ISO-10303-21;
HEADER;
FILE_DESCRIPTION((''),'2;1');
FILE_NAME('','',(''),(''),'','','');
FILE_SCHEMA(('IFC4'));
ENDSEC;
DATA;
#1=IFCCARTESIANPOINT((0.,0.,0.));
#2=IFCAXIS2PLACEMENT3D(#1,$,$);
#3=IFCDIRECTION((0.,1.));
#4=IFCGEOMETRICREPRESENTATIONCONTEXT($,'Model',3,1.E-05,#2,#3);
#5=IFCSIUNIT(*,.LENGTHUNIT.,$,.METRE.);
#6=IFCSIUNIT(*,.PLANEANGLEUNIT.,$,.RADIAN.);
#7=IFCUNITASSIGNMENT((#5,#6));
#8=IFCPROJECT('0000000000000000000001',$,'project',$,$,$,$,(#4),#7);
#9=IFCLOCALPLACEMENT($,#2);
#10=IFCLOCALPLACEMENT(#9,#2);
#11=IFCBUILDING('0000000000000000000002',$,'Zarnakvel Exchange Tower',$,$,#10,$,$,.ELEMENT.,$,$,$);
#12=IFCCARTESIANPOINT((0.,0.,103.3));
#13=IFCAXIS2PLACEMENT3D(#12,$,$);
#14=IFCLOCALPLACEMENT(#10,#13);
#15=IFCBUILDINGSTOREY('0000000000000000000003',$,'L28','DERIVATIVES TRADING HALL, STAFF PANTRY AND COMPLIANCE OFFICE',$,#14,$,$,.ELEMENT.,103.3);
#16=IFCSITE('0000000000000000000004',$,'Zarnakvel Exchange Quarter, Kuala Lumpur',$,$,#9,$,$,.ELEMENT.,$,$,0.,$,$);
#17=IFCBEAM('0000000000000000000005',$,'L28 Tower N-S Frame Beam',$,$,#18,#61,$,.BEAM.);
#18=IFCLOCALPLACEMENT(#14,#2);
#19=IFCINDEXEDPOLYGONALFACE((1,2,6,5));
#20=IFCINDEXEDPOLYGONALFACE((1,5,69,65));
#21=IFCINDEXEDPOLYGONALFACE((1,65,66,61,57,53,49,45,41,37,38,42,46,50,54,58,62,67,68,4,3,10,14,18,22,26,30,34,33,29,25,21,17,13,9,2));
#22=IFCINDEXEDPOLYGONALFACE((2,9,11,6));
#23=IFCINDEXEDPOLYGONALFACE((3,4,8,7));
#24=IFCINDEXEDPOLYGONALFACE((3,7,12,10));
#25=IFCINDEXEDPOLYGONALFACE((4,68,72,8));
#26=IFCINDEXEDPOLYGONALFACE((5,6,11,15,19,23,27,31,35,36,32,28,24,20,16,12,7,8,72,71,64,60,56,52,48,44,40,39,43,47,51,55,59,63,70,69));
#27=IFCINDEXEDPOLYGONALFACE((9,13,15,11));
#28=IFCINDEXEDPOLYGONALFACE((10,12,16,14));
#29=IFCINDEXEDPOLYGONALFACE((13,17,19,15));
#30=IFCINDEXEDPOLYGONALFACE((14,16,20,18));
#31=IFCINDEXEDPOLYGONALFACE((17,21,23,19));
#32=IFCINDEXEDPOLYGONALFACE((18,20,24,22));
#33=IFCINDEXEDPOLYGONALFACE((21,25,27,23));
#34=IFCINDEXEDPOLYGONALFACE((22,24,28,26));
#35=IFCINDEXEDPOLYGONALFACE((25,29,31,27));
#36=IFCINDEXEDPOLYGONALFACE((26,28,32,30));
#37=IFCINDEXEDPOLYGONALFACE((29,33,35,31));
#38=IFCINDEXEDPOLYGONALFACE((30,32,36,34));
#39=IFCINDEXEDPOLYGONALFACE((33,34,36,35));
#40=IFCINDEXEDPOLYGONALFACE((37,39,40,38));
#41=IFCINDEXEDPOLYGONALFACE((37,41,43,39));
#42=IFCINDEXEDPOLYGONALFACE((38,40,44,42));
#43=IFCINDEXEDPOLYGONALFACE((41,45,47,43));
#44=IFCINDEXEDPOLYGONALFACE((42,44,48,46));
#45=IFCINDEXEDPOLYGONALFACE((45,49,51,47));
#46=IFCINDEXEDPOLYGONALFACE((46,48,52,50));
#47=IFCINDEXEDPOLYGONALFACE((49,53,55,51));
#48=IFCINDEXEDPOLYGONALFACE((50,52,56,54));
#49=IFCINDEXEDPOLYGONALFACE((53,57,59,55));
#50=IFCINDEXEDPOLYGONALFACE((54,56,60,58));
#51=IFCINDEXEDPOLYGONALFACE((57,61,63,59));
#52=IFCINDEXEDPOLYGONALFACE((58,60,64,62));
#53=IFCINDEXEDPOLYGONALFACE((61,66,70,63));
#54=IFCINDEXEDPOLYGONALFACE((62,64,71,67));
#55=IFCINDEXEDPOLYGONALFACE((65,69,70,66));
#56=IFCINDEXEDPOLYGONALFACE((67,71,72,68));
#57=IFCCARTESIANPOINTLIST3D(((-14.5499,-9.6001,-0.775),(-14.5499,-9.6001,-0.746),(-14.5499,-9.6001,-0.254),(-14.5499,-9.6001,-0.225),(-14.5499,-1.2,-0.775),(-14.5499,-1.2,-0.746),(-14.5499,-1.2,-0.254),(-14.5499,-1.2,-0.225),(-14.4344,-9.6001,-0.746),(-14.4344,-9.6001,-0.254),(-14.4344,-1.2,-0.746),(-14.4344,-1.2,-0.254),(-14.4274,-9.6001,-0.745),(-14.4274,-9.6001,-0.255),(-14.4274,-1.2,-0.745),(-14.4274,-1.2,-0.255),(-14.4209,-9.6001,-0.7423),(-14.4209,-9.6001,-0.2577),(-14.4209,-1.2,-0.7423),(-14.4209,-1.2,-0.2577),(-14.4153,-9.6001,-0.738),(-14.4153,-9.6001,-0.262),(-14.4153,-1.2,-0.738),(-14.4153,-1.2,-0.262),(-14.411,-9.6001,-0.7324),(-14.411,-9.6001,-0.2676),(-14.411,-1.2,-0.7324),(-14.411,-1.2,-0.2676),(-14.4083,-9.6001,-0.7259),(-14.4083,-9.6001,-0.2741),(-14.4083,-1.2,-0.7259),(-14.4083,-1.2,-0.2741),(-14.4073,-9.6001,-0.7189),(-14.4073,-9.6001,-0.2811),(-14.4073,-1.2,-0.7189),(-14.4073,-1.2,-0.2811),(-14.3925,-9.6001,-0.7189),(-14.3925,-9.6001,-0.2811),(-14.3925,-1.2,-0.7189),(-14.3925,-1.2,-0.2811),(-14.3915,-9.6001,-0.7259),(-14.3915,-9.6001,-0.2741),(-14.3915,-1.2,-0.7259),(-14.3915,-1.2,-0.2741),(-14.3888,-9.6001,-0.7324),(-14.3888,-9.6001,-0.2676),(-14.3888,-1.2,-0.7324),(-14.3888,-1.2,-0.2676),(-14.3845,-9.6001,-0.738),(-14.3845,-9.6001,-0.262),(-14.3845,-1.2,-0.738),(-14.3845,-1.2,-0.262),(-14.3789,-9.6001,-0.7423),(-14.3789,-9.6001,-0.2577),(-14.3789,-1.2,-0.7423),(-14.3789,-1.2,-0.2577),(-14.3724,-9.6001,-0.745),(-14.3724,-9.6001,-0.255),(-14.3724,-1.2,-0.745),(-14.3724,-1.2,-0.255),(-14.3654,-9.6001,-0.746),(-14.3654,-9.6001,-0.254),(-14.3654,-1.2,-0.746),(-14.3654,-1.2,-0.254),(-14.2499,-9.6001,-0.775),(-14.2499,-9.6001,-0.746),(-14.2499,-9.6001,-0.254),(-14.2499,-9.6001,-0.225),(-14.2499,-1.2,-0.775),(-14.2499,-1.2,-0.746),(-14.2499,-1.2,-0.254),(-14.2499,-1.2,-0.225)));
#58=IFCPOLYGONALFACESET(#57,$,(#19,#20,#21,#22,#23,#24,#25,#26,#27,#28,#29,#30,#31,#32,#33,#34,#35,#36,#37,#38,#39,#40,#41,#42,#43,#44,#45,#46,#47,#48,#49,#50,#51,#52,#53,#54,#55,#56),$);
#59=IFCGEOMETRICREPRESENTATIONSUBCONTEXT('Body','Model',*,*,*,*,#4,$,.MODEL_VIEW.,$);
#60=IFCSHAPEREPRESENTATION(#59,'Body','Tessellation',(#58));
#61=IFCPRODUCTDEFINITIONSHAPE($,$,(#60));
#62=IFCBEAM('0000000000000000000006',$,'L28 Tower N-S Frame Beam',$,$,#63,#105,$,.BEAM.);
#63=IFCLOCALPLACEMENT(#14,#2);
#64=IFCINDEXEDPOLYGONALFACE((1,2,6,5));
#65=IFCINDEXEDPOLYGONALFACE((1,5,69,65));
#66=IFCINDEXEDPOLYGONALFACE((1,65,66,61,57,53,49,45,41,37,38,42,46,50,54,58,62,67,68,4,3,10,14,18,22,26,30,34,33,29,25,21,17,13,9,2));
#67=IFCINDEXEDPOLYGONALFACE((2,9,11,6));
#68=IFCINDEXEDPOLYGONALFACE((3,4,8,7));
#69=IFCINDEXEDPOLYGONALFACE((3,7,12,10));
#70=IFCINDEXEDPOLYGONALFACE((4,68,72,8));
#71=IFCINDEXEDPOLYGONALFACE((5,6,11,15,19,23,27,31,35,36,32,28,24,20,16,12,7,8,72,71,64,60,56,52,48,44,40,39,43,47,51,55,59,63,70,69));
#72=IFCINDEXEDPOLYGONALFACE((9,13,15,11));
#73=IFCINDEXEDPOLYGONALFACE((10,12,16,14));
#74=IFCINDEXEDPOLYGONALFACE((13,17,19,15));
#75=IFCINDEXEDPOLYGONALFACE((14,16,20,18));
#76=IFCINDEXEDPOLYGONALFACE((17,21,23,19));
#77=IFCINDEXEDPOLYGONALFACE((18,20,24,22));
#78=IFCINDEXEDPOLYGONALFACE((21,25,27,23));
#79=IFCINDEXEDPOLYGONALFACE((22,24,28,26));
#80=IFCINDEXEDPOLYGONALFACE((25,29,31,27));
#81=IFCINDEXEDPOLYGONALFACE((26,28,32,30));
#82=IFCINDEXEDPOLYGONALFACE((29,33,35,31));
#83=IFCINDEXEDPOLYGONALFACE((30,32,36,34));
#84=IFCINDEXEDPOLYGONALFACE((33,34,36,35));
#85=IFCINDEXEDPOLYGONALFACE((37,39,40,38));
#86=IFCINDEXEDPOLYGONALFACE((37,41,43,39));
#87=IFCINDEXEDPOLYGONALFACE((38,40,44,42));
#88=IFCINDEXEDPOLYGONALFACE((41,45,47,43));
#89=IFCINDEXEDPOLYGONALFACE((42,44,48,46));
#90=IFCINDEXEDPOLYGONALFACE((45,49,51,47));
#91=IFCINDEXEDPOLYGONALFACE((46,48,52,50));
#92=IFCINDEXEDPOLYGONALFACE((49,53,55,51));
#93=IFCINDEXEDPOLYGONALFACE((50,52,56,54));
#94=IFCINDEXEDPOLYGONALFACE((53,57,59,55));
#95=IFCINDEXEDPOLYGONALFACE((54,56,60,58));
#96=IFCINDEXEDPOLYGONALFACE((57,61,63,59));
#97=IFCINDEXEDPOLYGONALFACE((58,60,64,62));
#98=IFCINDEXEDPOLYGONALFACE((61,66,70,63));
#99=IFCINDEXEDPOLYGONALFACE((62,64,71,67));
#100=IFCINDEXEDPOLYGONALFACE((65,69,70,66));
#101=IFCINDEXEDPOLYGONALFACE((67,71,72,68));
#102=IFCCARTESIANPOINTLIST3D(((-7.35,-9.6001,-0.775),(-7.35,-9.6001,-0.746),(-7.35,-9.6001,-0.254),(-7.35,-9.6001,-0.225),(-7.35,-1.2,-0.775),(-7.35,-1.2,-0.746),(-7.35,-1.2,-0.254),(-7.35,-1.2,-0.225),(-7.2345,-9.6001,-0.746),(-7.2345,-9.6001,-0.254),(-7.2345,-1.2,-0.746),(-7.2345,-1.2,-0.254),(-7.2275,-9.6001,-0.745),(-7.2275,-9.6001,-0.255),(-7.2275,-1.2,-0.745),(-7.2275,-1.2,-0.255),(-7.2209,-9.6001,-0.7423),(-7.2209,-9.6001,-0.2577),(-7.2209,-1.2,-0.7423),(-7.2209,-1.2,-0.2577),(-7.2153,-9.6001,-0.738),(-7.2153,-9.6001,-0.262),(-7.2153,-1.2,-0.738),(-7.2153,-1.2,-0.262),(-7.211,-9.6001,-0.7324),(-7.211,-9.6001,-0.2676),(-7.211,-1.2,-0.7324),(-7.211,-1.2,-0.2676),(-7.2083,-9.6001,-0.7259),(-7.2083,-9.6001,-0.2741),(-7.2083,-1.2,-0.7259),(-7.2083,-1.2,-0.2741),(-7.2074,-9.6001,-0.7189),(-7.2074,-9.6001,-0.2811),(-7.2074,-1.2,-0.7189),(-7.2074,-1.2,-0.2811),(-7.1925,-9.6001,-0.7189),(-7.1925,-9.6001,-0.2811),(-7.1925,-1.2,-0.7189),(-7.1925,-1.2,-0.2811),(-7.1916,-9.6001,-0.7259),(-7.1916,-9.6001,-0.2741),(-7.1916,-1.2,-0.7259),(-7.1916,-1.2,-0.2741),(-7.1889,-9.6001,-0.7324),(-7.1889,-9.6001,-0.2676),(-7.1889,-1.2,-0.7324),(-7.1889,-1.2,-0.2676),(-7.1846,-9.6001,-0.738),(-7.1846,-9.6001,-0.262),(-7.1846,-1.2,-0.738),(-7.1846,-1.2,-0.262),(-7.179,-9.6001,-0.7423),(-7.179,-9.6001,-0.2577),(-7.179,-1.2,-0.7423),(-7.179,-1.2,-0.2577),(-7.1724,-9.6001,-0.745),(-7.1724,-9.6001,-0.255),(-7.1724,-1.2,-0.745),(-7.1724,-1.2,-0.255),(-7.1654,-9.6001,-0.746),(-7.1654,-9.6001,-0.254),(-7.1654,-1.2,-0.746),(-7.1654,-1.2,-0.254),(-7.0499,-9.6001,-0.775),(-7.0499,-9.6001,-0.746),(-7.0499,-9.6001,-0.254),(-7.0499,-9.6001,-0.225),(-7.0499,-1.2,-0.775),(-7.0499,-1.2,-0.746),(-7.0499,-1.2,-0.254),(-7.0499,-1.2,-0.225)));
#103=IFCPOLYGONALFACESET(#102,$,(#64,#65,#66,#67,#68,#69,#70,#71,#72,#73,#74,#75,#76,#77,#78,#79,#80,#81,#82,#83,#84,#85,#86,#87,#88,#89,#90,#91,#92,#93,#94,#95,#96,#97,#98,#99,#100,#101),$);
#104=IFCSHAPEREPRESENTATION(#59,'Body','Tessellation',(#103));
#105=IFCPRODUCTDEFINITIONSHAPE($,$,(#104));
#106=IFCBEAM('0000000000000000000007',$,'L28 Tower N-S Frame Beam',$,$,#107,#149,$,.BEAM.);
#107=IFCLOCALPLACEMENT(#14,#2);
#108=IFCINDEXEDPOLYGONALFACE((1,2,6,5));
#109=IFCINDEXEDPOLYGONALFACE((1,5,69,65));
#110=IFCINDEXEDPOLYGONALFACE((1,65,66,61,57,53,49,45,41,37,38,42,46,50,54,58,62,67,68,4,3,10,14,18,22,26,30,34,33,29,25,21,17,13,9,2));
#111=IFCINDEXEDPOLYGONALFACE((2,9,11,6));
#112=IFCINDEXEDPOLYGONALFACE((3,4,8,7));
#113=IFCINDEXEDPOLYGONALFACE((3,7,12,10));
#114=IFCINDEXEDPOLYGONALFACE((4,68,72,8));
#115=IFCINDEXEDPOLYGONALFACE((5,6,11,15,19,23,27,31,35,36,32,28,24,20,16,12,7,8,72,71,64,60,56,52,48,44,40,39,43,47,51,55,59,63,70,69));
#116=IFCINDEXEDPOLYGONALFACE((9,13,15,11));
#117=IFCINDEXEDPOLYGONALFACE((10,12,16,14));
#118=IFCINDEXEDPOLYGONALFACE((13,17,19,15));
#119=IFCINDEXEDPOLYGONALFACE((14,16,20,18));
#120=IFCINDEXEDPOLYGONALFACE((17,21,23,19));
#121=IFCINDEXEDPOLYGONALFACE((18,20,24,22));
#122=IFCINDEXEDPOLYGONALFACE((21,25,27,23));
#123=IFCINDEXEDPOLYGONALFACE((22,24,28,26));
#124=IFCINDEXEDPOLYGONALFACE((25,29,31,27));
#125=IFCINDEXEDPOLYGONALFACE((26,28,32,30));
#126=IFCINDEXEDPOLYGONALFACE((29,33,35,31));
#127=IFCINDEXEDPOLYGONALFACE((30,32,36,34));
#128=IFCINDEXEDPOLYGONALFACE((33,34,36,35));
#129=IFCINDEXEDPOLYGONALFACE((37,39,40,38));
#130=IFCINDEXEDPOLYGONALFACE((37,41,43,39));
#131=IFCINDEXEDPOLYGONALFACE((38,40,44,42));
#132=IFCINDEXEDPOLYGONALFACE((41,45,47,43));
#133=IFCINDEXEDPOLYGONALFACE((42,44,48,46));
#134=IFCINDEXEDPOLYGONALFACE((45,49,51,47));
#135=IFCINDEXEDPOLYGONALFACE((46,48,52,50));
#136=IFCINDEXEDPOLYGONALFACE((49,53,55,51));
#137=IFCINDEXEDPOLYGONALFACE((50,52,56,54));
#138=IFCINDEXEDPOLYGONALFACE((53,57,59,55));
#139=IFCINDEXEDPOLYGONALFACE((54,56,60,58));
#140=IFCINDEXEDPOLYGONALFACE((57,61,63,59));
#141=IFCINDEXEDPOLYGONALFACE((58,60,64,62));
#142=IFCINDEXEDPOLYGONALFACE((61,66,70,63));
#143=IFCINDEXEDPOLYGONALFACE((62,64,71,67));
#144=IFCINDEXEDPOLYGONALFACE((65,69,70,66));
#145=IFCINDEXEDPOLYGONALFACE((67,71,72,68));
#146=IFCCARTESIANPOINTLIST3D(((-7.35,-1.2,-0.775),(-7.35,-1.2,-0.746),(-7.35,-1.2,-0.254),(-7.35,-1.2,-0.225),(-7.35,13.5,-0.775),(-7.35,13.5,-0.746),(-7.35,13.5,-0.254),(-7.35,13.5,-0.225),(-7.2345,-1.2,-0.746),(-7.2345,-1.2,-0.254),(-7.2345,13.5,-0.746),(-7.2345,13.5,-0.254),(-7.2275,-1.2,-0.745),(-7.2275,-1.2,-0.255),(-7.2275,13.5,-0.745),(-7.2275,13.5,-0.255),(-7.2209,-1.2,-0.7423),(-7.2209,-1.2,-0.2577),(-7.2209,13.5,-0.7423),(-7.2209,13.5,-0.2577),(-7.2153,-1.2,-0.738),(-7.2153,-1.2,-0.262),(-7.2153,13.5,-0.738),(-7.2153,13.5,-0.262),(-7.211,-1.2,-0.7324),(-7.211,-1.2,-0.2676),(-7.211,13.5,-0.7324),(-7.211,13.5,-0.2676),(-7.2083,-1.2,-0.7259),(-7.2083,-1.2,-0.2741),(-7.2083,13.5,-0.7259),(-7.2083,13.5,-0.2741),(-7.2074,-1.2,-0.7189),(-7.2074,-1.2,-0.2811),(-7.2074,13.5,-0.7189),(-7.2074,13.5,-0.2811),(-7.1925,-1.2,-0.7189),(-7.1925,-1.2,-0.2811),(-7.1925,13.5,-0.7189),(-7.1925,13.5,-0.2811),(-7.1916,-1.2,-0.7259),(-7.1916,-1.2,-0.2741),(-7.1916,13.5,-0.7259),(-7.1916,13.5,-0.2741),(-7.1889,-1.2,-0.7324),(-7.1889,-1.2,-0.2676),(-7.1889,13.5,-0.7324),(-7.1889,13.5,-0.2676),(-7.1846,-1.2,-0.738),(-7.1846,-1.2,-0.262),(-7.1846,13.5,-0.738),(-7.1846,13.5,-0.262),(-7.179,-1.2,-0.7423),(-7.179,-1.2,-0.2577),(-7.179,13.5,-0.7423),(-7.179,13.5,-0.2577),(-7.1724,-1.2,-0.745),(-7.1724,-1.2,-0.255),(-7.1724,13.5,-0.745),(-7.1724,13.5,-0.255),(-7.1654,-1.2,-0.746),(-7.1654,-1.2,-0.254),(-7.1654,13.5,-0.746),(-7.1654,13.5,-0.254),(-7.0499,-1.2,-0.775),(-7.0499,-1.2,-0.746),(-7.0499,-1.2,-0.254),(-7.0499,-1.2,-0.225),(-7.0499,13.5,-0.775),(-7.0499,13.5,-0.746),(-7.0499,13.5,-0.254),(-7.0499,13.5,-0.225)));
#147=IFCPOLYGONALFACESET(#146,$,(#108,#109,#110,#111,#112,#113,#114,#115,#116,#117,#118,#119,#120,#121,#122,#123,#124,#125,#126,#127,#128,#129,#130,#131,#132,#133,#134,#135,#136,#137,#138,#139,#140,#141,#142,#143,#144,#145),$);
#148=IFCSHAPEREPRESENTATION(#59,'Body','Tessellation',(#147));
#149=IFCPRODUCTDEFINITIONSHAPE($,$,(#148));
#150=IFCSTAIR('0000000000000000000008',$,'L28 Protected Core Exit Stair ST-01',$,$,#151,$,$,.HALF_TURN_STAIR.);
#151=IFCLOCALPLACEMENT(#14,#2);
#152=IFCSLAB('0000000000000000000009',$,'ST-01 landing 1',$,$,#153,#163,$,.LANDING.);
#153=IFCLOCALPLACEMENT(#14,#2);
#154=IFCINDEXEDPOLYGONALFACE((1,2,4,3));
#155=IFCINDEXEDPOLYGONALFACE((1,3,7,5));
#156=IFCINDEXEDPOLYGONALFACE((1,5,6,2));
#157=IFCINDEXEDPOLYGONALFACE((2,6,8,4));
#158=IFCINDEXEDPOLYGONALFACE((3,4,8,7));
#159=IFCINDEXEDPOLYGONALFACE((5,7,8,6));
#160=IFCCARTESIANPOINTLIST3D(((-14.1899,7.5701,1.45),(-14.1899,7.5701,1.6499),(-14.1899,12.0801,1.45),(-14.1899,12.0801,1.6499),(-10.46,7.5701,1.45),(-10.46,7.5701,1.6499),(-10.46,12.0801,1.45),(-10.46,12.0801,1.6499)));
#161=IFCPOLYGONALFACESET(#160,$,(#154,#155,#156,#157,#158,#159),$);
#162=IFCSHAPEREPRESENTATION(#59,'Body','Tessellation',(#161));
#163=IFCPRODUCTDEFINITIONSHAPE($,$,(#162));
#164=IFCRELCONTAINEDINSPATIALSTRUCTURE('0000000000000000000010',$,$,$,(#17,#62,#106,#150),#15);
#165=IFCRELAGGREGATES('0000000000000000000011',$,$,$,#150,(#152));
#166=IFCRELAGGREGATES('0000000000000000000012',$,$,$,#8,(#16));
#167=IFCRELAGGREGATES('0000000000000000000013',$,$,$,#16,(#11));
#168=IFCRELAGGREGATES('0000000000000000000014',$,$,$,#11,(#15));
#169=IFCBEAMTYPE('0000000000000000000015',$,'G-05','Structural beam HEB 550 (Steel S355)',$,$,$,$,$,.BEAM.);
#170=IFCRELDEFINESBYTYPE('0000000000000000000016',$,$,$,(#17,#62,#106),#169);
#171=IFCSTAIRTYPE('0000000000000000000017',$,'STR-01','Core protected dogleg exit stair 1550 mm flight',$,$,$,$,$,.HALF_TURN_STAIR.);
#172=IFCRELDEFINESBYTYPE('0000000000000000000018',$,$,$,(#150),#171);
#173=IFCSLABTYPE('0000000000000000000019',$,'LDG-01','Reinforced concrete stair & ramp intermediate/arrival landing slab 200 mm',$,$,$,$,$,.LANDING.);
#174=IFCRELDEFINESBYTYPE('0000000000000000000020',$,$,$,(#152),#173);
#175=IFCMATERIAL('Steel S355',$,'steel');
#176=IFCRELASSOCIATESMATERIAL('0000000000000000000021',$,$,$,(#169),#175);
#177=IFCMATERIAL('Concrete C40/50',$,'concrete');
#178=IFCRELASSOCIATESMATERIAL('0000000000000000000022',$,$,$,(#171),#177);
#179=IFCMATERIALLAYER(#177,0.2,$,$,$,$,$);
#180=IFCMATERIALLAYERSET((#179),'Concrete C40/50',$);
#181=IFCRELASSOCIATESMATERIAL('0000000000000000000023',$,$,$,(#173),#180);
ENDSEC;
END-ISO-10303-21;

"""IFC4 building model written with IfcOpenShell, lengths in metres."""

from ifc_helpers import new_model, si_unit, direction, frame, origin, origin_2d, place, context, subcontext, project, spatial, polyline, i_section, outline, extrude, material, layer, layer_set, material_profile, profile_set, type_object, element, aggregate, save


model = new_model("IFC4")

# Units and contexts
model_context = context("Model", 3, precision=1e-05, world=origin(), true_north=direction((0.0, 1.0)))
body_context = subcontext(model_context, "Body", "Model", "MODEL_VIEW")
ifc_project = project(units=[si_unit("LENGTHUNIT", "METRE"), si_unit("PLANEANGLEUNIT", "RADIAN")], contexts=[model_context])

# Site, building, storey
site_placement = place(None, origin())
site = spatial("IfcSite", under=ifc_project, at=site_placement, Name="Zarnakvel Exchange Quarter, Kuala Lumpur", CompositionType="ELEMENT", RefElevation=0.0)
building_placement = place(site_placement, origin())
building = spatial("IfcBuilding", under=site, at=building_placement, Name="Zarnakvel Exchange Tower", CompositionType="ELEMENT")
storey_placement = place(building_placement, frame((0.0, 0.0, 103.3)))
storey = spatial("IfcBuildingStorey", under=building, at=storey_placement, Name="L28", Description="DERIVATIVES TRADING HALL, STAFF PANTRY AND COMPLIANCE OFFICE", CompositionType="ELEMENT", Elevation=103.3)

# Beams
ifc_material_1 = material(Name="Steel S355", Category="steel")
ifc_material_profile_1 = material_profile(ifc_material_1, i_section(OverallWidth=0.3, OverallDepth=0.55, WebThickness=0.0149, FlangeThickness=0.0291, FilletRadius=0.0271, at=origin_2d()))
ifc_profile_set_1 = profile_set([ifc_material_profile_1], Name="Steel S355")
beam_type_1 = type_object("IfcBeamType", Name="G-05", Description="Structural beam HEB 550 (Steel S355)", PredefinedType="BEAM", material=ifc_profile_set_1)
for number, where, z_axis, x_axis, name in (
    (1, (-14.3999, -9.6001, -0.5), (0.0, 1.0, 0.0), (-1.0, 0.0, 0.0), "L28 Tower N-S Frame Beam"),
    (2, (-7.2, -9.6001, -0.5), (0.0, 1.0, 0.0), (-1.0, 0.0, 0.0), "L28 Tower N-S Frame Beam"),
):
    element("IfcBeam", number, at=place(storey_placement, frame(where, z_axis=z_axis, x_axis=x_axis)), inside=storey, type_object=beam_type_1, Name=name, PredefinedType="BEAM", context=body_context, shape_type="SweptSolid", body=[
        extrude(i_section(OverallWidth=0.3, OverallDepth=0.55, WebThickness=0.0149, FlangeThickness=0.0291, FilletRadius=0.0271, at=origin_2d()), origin(), (0.0, 0.0, 1.0), 8.4001),
    ])
beam_1_placement = place(storey_placement, frame((-7.2, -1.2, -0.5), z_axis=(0.0, 1.0, 0.0), x_axis=(-1.0, 0.0, 0.0)))
element("IfcBeam", 3, at=beam_1_placement, inside=storey, type_object=beam_type_1, Name="L28 Tower N-S Frame Beam", PredefinedType="BEAM", context=body_context, shape_type="SweptSolid", body=[
    extrude(i_section(OverallWidth=0.3, OverallDepth=0.55, WebThickness=0.0149, FlangeThickness=0.0291, FilletRadius=0.0271, at=origin_2d()), origin(), (0.0, 0.0, 1.0), 14.7),
])

# Stair, slab
ifc_material_2 = material(Name="Concrete C40/50", Category="concrete")
stair_type = type_object("IfcStairType", Name="STR-01", Description="Core protected dogleg exit stair 1550 mm flight", PredefinedType="HALF_TURN_STAIR", material=ifc_material_2)
stair_placement = place(storey_placement, origin())
stair = element("IfcStair", 4, at=stair_placement, inside=storey, type_object=stair_type, Name="L28 Protected Core Exit Stair ST-01", PredefinedType="HALF_TURN_STAIR")
ifc_layer_1 = layer(ifc_material_2, 0.2)
ifc_layer_set_1 = layer_set([ifc_layer_1], Name="Concrete C40/50")
slab_type_1 = type_object("IfcSlabType", Name="LDG-01", Description="Reinforced concrete stair & ramp intermediate/arrival landing slab 200 mm", PredefinedType="LANDING", material=ifc_layer_set_1)
slab_1_placement = place(storey_placement, frame((0.0, 0.0, 1.45)))
slab_1 = element("IfcSlab", 5, at=slab_1_placement, type_object=slab_type_1, Name="ST-01 landing 1", PredefinedType="LANDING", context=body_context, shape_type="SweptSolid", body=[
    extrude(outline(polyline([(-14.1899, 7.5701), (-10.46, 7.5701), (-10.46, 12.0801), (-14.1899, 12.0801), (-14.1899, 7.5701)])), origin(), (0.0, 0.0, 1.0), 0.2),
])
aggregate(stair, [slab_1])

save(model, "model.ifc")
